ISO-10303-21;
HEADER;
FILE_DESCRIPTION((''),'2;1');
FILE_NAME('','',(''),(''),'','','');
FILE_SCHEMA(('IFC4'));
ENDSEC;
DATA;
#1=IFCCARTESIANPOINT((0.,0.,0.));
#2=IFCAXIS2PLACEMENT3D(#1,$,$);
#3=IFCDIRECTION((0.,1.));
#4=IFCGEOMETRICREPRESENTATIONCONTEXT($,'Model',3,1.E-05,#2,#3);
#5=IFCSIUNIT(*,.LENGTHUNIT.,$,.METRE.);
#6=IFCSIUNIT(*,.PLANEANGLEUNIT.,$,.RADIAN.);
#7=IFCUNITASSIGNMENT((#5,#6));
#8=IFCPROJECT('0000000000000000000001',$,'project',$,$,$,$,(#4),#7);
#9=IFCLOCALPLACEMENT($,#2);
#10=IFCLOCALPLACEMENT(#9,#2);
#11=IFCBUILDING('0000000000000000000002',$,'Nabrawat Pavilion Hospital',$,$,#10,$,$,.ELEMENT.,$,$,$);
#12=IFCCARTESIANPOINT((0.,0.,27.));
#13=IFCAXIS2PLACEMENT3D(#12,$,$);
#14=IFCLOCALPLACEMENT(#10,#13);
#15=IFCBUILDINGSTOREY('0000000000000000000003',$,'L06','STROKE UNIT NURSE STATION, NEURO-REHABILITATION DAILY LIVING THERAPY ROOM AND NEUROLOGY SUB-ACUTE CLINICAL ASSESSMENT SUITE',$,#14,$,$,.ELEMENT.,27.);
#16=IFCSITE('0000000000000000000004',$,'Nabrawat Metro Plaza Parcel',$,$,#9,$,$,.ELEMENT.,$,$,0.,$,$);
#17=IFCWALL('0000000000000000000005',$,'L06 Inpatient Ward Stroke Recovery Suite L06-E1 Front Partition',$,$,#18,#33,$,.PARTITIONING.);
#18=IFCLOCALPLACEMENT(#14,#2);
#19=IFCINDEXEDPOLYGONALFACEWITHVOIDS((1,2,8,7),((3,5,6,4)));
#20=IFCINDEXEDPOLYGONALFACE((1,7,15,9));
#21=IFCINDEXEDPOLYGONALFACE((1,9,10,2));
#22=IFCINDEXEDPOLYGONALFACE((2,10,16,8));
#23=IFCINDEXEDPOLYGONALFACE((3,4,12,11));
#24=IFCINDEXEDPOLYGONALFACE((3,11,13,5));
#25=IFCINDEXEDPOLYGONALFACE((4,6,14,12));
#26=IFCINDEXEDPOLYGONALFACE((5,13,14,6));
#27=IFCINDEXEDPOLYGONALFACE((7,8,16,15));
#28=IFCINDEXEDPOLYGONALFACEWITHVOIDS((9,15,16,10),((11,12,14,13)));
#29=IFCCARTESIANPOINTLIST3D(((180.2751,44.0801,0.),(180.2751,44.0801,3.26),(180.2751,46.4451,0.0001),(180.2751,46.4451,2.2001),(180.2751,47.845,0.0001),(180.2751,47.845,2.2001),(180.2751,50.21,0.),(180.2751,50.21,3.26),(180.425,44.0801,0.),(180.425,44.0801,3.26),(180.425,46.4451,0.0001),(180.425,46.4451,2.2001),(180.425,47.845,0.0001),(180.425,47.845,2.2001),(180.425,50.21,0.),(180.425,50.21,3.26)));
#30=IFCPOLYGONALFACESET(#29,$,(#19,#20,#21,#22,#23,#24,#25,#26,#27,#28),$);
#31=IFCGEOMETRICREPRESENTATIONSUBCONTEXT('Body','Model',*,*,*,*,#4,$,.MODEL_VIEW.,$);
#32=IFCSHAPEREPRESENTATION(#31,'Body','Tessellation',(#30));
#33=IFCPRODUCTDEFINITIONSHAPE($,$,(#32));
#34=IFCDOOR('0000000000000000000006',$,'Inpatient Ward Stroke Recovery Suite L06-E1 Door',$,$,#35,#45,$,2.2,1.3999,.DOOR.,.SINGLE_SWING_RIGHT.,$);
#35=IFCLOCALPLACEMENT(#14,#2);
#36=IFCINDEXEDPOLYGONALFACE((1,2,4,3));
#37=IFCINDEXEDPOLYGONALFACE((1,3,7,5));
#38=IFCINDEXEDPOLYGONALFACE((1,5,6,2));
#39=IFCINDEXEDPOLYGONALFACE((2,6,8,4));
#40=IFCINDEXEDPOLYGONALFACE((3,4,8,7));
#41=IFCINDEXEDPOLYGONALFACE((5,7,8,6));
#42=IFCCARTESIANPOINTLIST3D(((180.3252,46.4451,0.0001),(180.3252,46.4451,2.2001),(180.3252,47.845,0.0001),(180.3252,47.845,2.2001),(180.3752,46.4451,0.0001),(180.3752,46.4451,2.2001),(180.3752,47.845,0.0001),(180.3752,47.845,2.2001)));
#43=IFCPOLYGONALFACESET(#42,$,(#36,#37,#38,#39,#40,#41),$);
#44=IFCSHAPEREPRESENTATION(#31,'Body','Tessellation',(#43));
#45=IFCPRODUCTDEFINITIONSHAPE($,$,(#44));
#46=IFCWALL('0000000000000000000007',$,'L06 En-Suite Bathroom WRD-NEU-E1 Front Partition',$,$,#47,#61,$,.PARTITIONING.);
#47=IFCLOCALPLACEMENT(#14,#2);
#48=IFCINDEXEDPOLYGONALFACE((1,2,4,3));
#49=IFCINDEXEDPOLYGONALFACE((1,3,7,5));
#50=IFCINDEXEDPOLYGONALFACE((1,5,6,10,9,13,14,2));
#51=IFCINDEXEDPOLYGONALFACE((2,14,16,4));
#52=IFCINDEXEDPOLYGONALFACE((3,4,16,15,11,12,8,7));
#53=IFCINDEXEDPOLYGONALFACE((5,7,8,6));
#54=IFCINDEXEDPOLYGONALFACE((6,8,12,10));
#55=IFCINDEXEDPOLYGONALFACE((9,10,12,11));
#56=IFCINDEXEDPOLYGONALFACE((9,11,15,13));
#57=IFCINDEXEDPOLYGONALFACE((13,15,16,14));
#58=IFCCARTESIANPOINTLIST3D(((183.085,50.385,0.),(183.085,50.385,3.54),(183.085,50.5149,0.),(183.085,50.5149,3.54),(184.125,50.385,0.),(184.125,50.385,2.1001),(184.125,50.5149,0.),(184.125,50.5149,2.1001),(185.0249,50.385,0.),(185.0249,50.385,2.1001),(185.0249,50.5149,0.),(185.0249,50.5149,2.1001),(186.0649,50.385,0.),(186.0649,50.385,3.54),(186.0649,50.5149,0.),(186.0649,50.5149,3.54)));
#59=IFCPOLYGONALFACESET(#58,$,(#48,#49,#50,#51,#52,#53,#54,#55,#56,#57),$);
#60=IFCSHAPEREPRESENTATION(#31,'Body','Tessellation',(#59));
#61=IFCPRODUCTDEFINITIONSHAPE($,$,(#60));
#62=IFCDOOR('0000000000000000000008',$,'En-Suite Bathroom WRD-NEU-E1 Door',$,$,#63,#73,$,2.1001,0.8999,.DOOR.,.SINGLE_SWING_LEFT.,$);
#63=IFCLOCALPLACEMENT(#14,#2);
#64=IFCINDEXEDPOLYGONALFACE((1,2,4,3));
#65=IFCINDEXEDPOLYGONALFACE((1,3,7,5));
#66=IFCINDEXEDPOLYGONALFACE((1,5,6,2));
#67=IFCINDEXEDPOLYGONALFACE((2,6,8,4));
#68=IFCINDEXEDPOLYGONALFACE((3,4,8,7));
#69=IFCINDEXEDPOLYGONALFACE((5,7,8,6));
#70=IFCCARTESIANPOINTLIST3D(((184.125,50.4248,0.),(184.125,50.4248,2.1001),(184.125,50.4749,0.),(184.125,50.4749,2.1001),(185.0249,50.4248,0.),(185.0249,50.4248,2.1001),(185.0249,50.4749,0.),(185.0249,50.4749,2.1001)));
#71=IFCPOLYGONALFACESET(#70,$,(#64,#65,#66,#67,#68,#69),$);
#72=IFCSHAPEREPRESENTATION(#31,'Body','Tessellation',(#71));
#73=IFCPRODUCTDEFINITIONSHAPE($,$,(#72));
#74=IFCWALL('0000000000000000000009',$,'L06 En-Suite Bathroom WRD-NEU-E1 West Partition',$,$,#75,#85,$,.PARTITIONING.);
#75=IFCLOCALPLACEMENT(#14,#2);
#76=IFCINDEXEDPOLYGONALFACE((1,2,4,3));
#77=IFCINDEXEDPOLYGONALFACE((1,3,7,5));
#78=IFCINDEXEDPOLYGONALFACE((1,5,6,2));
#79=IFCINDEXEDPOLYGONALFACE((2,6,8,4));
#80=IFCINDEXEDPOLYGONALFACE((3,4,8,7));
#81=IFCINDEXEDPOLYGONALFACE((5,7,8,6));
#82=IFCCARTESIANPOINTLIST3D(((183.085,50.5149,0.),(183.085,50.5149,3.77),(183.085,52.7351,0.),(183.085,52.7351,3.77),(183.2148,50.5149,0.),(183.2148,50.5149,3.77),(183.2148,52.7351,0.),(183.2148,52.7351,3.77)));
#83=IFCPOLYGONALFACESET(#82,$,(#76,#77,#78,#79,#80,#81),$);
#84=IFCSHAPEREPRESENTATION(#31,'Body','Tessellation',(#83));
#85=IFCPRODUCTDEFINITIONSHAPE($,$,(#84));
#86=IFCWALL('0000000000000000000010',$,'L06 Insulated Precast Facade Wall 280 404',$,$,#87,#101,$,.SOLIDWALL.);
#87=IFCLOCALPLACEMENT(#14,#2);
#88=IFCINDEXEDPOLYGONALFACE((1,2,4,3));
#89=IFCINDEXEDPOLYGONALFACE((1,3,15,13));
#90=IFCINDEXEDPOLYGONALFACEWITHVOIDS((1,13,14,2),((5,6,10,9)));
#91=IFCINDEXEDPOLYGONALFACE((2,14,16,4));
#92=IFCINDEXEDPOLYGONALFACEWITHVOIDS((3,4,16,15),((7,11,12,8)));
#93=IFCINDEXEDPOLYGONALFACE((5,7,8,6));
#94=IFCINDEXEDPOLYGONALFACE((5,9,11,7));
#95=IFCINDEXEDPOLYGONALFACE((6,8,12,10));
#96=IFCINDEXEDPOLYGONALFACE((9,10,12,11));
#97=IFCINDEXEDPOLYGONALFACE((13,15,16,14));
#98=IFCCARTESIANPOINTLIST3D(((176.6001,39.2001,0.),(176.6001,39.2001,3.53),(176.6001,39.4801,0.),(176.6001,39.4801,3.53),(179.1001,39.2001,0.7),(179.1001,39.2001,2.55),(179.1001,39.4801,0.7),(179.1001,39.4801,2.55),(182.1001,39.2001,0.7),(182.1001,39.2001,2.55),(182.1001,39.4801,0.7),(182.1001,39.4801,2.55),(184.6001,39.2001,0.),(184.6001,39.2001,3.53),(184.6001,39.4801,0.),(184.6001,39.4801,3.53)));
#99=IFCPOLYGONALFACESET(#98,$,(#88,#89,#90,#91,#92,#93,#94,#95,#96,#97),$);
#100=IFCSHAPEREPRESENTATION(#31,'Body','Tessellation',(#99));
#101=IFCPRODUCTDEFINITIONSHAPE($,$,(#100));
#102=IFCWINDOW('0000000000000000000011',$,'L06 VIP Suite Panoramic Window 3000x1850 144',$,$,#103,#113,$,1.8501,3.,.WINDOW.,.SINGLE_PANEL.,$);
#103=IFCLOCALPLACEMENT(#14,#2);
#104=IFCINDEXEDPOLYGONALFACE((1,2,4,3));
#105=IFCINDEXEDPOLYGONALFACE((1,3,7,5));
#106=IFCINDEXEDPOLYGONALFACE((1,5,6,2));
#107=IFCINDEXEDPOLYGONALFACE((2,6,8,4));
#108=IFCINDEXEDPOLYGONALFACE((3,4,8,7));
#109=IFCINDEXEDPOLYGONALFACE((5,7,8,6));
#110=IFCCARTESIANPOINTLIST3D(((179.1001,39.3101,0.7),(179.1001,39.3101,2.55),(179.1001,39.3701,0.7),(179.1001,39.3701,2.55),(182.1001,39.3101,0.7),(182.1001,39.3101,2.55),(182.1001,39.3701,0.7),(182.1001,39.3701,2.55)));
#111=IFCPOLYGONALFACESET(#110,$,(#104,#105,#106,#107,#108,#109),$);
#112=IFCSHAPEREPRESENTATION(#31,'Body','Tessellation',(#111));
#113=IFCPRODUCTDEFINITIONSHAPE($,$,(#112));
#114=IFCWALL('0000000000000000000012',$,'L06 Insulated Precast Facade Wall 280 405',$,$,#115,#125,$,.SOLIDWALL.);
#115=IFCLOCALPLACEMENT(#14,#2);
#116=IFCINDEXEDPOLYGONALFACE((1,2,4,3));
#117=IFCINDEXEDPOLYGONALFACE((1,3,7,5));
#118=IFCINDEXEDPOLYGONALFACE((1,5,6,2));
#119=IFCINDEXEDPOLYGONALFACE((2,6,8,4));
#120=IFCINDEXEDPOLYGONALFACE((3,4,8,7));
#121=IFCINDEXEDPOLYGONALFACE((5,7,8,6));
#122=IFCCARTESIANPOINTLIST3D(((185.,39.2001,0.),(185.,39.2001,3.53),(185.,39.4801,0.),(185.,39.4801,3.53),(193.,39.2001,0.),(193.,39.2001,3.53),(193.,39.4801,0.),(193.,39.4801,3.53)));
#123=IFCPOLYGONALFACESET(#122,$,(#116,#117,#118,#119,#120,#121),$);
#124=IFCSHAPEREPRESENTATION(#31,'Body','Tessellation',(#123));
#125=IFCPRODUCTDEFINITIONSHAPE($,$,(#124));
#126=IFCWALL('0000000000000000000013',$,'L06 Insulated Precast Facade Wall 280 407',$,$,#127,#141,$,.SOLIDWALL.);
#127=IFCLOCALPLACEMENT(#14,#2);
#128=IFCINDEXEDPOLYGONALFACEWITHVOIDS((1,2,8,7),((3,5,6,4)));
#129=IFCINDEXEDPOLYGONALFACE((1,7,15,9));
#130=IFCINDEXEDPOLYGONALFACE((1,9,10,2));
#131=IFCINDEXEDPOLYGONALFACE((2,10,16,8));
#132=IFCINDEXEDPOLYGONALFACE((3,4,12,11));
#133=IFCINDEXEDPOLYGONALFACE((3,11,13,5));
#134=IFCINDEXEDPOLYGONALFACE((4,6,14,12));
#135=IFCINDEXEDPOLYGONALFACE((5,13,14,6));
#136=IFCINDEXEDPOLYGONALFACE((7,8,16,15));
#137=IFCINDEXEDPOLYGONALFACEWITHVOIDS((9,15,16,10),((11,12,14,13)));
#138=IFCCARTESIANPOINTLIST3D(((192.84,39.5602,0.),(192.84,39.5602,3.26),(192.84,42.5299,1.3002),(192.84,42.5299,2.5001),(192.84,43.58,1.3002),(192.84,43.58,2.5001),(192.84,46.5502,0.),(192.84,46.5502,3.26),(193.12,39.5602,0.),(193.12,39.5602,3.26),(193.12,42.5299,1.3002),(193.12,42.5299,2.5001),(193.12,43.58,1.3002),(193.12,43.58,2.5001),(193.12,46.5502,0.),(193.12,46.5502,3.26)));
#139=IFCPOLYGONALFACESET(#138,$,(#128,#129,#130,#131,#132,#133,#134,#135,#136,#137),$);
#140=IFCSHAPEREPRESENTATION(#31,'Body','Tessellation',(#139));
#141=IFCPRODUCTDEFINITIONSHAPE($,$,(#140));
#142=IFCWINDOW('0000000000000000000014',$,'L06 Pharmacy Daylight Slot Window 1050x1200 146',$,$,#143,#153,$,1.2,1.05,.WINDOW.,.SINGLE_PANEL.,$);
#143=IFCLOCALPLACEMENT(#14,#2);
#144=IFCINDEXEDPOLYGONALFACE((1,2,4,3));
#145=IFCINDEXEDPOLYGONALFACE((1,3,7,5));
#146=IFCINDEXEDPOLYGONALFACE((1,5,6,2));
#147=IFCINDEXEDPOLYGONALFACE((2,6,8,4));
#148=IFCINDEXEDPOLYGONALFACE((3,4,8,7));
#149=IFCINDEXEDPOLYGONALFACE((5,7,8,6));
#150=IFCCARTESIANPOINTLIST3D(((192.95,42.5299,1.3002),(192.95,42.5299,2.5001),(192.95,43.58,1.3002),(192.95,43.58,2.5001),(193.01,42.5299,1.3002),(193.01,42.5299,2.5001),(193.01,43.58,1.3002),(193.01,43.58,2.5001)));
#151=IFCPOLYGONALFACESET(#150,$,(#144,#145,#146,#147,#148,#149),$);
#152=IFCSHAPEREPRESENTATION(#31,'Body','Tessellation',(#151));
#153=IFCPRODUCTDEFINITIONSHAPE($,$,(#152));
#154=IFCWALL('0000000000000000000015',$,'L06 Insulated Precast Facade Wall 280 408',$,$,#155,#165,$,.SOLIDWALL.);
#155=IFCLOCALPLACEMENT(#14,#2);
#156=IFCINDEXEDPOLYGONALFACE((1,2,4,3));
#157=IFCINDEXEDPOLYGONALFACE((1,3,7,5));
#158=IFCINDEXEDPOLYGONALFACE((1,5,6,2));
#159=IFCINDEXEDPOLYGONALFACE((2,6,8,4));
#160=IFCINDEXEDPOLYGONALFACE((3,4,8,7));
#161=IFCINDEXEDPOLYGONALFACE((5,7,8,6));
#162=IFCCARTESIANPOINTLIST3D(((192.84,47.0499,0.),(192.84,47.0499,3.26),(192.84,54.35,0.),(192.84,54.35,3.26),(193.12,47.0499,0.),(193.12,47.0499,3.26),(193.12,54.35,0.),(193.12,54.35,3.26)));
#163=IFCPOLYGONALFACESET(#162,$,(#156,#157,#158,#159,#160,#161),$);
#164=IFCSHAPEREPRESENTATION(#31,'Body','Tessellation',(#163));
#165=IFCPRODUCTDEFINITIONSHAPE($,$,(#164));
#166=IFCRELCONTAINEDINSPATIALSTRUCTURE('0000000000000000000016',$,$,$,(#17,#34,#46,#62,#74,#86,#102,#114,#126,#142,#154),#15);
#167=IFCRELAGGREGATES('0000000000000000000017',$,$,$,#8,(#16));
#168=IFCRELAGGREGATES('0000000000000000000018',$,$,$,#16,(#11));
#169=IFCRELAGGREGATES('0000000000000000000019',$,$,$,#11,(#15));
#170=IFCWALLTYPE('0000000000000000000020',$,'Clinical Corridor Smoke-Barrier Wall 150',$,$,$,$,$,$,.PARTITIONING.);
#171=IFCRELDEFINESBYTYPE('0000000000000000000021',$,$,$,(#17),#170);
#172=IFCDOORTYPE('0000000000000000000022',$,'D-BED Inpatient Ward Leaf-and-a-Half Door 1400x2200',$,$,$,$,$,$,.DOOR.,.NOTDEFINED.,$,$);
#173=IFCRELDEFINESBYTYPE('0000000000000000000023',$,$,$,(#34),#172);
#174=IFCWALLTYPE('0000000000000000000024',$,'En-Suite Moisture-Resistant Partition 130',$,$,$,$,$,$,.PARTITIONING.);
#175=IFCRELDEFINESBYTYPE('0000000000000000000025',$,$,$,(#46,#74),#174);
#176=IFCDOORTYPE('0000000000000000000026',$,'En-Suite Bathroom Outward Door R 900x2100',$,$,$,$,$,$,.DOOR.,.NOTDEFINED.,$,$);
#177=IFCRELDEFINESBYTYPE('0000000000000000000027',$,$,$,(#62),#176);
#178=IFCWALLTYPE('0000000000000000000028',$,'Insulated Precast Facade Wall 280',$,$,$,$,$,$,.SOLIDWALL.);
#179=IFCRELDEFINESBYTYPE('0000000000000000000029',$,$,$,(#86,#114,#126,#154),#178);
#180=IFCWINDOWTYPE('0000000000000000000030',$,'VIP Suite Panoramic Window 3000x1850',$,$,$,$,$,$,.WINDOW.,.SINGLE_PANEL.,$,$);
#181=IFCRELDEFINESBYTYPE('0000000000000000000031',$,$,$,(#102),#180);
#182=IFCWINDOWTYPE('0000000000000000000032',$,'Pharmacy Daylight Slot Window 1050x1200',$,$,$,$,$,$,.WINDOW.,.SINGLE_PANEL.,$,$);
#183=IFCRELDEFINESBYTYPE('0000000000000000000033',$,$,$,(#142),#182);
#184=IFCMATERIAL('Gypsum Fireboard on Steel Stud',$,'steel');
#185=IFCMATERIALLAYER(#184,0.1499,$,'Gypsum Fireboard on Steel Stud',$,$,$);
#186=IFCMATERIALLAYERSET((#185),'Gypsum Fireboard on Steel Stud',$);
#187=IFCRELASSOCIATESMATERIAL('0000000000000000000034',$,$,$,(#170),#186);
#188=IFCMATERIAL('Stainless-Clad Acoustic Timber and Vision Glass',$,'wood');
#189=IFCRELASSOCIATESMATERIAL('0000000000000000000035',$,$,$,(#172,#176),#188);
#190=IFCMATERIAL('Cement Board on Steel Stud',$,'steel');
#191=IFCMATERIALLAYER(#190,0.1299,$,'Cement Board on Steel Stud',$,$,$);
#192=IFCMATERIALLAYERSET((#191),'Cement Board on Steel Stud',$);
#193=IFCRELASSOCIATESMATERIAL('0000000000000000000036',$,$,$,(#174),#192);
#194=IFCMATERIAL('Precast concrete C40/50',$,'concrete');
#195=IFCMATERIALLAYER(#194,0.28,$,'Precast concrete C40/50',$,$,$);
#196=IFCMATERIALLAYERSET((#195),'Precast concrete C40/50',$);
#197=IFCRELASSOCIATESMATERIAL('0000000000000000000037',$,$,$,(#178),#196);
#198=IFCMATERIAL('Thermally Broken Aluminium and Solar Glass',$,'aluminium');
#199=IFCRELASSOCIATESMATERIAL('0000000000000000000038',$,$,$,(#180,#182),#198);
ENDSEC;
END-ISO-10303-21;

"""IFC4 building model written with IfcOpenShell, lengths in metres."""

from ifc_helpers import new_model, si_unit, direction, frame, frame_2d, origin, place, context, subcontext, project, spatial, rectangle, extrude, material, layer, layer_set, type_object, element, fill, save


model = new_model("IFC4")

# Units and contexts
model_context = context("Model", 3, precision=1e-05, world=origin(), true_north=direction((0.0, 1.0)))
body_context = subcontext(model_context, "Body", "Model", "MODEL_VIEW")
ifc_project = project(units=[si_unit("LENGTHUNIT", "METRE"), si_unit("PLANEANGLEUNIT", "RADIAN")], contexts=[model_context])

# Site, building, storey
site_placement = place(None, origin())
site = spatial("IfcSite", under=ifc_project, at=site_placement, Name="Nabrawat Metro Plaza Parcel", CompositionType="ELEMENT", RefElevation=0.0)
building_placement = place(site_placement, origin())
building = spatial("IfcBuilding", under=site, at=building_placement, Name="Nabrawat Pavilion Hospital", CompositionType="ELEMENT")
storey_placement = place(building_placement, frame((0.0, 0.0, 27.0)))
storey = spatial("IfcBuildingStorey", under=building, at=storey_placement, Name="L06", Description="STROKE UNIT NURSE STATION, NEURO-REHABILITATION DAILY LIVING THERAPY ROOM AND NEUROLOGY SUB-ACUTE CLINICAL ASSESSMENT SUITE", CompositionType="ELEMENT", Elevation=27.0)

# Walls, openings, doors
ifc_material_1 = material(Name="Gypsum Fireboard on Steel Stud", Category="steel")
ifc_layer_1 = layer(ifc_material_1, 0.1499, Name="Gypsum Fireboard on Steel Stud")
ifc_layer_set_1 = layer_set([ifc_layer_1], Name="Gypsum Fireboard on Steel Stud")
wall_type_1 = type_object("IfcWallType", Name="Clinical Corridor Smoke-Barrier Wall 150", PredefinedType="PARTITIONING", material=ifc_layer_set_1)
wall_1_placement = place(storey_placement, frame((180.3501, 44.0801, 0.0), z_axis=(0.0, 0.0, 1.0), x_axis=(0.0, 1.0, 0.0)))
wall_1 = element("IfcWall", 1, at=wall_1_placement, inside=storey, type_object=wall_type_1, Name="L06 Inpatient Ward Stroke Recovery Suite L06-E1 Front Partition", PredefinedType="PARTITIONING", context=body_context, shape_type="SweptSolid", body=[
    extrude(rectangle(XDim=6.1299, YDim=0.1499, at=frame_2d((3.0649, 0.0))), origin(), (0.0, 0.0, 1.0), 3.26),
])
opening_1_placement = place(wall_1_placement, frame((2.365, 0.0, 0.0)))
opening_1 = element("IfcOpeningElement", 2, at=opening_1_placement, cuts=wall_1, PredefinedType="OPENING", context=body_context, shape_type="SweptSolid", body=[
    extrude(rectangle(XDim=1.3999, YDim=2.2, at=frame_2d((0.7, 1.1001))), frame((0.0, 0.085, 0.0), z_axis=(0.0, -1.0, 0.0), x_axis=(1.0, 0.0, 0.0)), (0.0, 0.0, 1.0), 0.1699),
])
ifc_material_2 = material(Name="Stainless-Clad Acoustic Timber and Vision Glass", Category="wood")
door_type_1 = type_object("IfcDoorType", Name="D-BED Inpatient Ward Leaf-and-a-Half Door 1400x2200", OperationType="NOTDEFINED", PredefinedType="DOOR", material=ifc_material_2)
door_1_placement = place(opening_1_placement, origin())
door_1 = element("IfcDoor", 3, at=door_1_placement, inside=storey, type_object=door_type_1, Name="Inpatient Ward Stroke Recovery Suite L06-E1 Door", OperationType="SINGLE_SWING_RIGHT", OverallHeight=2.2, OverallWidth=1.3999, PredefinedType="DOOR", context=body_context, shape_type="SweptSolid", body=[
    extrude(rectangle(XDim=1.3999, YDim=2.2, at=frame_2d((0.7, 1.1001))), frame((0.0, 0.0249, 0.0), z_axis=(0.0, -1.0, 0.0), x_axis=(1.0, 0.0, 0.0)), (0.0, 0.0, 1.0), 0.05),
])
fill(opening_1, door_1)
ifc_material_3 = material(Name="Cement Board on Steel Stud", Category="steel")
ifc_layer_2 = layer(ifc_material_3, 0.1299, Name="Cement Board on Steel Stud")
ifc_layer_set_2 = layer_set([ifc_layer_2], Name="Cement Board on Steel Stud")
wall_type_2 = type_object("IfcWallType", Name="En-Suite Moisture-Resistant Partition 130", PredefinedType="PARTITIONING", material=ifc_layer_set_2)
wall_2_placement = place(storey_placement, frame((183.085, 50.45, 0.0), z_axis=(0.0, 0.0, 1.0), x_axis=(1.0, 0.0, 0.0)))
wall_2 = element("IfcWall", 4, at=wall_2_placement, inside=storey, type_object=wall_type_2, Name="L06 En-Suite Bathroom WRD-NEU-E1 Front Partition", PredefinedType="PARTITIONING", context=body_context, shape_type="SweptSolid", body=[
    extrude(rectangle(XDim=2.98, YDim=0.1299, at=frame_2d((1.49, 0.0))), origin(), (0.0, 0.0, 1.0), 3.54),
])
opening_2_placement = place(wall_2_placement, frame((1.04, 0.0, 0.0)))
opening_2 = element("IfcOpeningElement", 5, at=opening_2_placement, cuts=wall_2, PredefinedType="OPENING", context=body_context, shape_type="SweptSolid", body=[
    extrude(rectangle(XDim=0.8999, YDim=2.1001, at=frame_2d((0.45, 1.05))), frame((0.0, 0.075, 0.0), z_axis=(0.0, -1.0, 0.0), x_axis=(1.0, 0.0, 0.0)), (0.0, 0.0, 1.0), 0.1499),
])
door_type_2 = type_object("IfcDoorType", Name="En-Suite Bathroom Outward Door R 900x2100", OperationType="NOTDEFINED", PredefinedType="DOOR", material=ifc_material_2)
door_2_placement = place(opening_2_placement, origin())
door_2 = element("IfcDoor", 6, at=door_2_placement, inside=storey, type_object=door_type_2, Name="En-Suite Bathroom WRD-NEU-E1 Door", OperationType="SINGLE_SWING_LEFT", OverallHeight=2.1001, OverallWidth=0.8999, PredefinedType="DOOR", context=body_context, shape_type="SweptSolid", body=[
    extrude(rectangle(XDim=0.8999, YDim=2.1001, at=frame_2d((0.45, 1.05))), frame((0.0, 0.0249, 0.0), z_axis=(0.0, -1.0, 0.0), x_axis=(1.0, 0.0, 0.0)), (0.0, 0.0, 1.0), 0.05),
])
fill(opening_2, door_2)

# Wall
wall_3_placement = place(storey_placement, frame((183.1499, 50.5149, 0.0), z_axis=(0.0, 0.0, 1.0), x_axis=(0.0, 1.0, 0.0)))
element("IfcWall", 7, at=wall_3_placement, inside=storey, type_object=wall_type_2, Name="L06 En-Suite Bathroom WRD-NEU-E1 West Partition", PredefinedType="PARTITIONING", context=body_context, shape_type="SweptSolid", body=[
    extrude(rectangle(XDim=2.2202, YDim=0.1299, at=frame_2d((1.1101, 0.0))), origin(), (0.0, 0.0, 1.0), 3.77),
])

# Wall, opening, window
ifc_material_4 = material(Name="Precast concrete C40/50", Category="concrete")
ifc_layer_3 = layer(ifc_material_4, 0.28, Name="Precast concrete C40/50")
ifc_layer_set_3 = layer_set([ifc_layer_3], Name="Precast concrete C40/50")
wall_type_3 = type_object("IfcWallType", Name="Insulated Precast Facade Wall 280", PredefinedType="SOLIDWALL", material=ifc_layer_set_3)
wall_4_placement = place(storey_placement, frame((176.6001, 39.3401, 0.0), z_axis=(0.0, 0.0, 1.0), x_axis=(1.0, 0.0, 0.0)))
wall_4 = element("IfcWall", 8, at=wall_4_placement, inside=storey, type_object=wall_type_3, Name="L06 Insulated Precast Facade Wall 280 404", PredefinedType="SOLIDWALL", context=body_context, shape_type="SweptSolid", body=[
    extrude(rectangle(XDim=8.0, YDim=0.28, at=frame_2d((4.0, 0.0))), origin(), (0.0, 0.0, 1.0), 3.53),
])
opening_3_placement = place(wall_4_placement, frame((2.5, 0.0, 0.7)))
opening_3 = element("IfcOpeningElement", 9, at=opening_3_placement, cuts=wall_4, PredefinedType="OPENING", context=body_context, shape_type="SweptSolid", body=[
    extrude(rectangle(XDim=3.0, YDim=1.8501, at=frame_2d((1.5, 0.925))), frame((0.0, 0.1499, 0.0), z_axis=(0.0, -1.0, 0.0), x_axis=(1.0, 0.0, 0.0)), (0.0, 0.0, 1.0), 0.3),
])
ifc_material_5 = material(Name="Thermally Broken Aluminium and Solar Glass", Category="aluminium")
window_type_1 = type_object("IfcWindowType", Name="VIP Suite Panoramic Window 3000x1850", PartitioningType="SINGLE_PANEL", PredefinedType="WINDOW", material=ifc_material_5)
window_1_placement = place(opening_3_placement, origin())
window_1 = element("IfcWindow", 10, at=window_1_placement, inside=storey, type_object=window_type_1, Name="L06 VIP Suite Panoramic Window 3000x1850 144", OverallHeight=1.8501, OverallWidth=3.0, PartitioningType="SINGLE_PANEL", PredefinedType="WINDOW", context=body_context, shape_type="SweptSolid", body=[
    extrude(rectangle(XDim=3.0, YDim=1.8501, at=frame_2d((1.5, 0.925))), frame((0.0, 0.03, 0.0), z_axis=(0.0, -1.0, 0.0), x_axis=(1.0, 0.0, 0.0)), (0.0, 0.0, 1.0), 0.0601),
])
fill(opening_3, window_1)

# Wall
wall_5_placement = place(storey_placement, frame((185.0, 39.3401, 0.0), z_axis=(0.0, 0.0, 1.0), x_axis=(1.0, 0.0, 0.0)))
element("IfcWall", 11, at=wall_5_placement, inside=storey, type_object=wall_type_3, Name="L06 Insulated Precast Facade Wall 280 405", PredefinedType="SOLIDWALL", context=body_context, shape_type="SweptSolid", body=[
    extrude(rectangle(XDim=8.0, YDim=0.28, at=frame_2d((4.0, 0.0))), origin(), (0.0, 0.0, 1.0), 3.53),
])

# Wall, opening, window
wall_6_placement = place(storey_placement, frame((192.98, 39.5601, 0.0), z_axis=(0.0, 0.0, 1.0), x_axis=(0.0, 1.0, 0.0)))
wall_6 = element("IfcWall", 12, at=wall_6_placement, inside=storey, type_object=wall_type_3, Name="L06 Insulated Precast Facade Wall 280 407", PredefinedType="SOLIDWALL", context=body_context, shape_type="SweptSolid", body=[
    extrude(rectangle(XDim=6.99, YDim=0.28, at=frame_2d((3.4951, 0.0))), origin(), (0.0, 0.0, 1.0), 3.26),
])
opening_4_placement = place(wall_6_placement, frame((2.97, 0.0, 1.3)))
opening_4 = element("IfcOpeningElement", 13, at=opening_4_placement, cuts=wall_6, PredefinedType="OPENING", context=body_context, shape_type="SweptSolid", body=[
    extrude(rectangle(XDim=1.05, YDim=1.2, at=frame_2d((0.5249, 0.6001))), frame((0.0, 0.1499, 0.0), z_axis=(0.0, -1.0, 0.0), x_axis=(1.0, 0.0, 0.0)), (0.0, 0.0, 1.0), 0.3),
])
window_type_2 = type_object("IfcWindowType", Name="Pharmacy Daylight Slot Window 1050x1200", PartitioningType="SINGLE_PANEL", PredefinedType="WINDOW", material=ifc_material_5)
window_2_placement = place(opening_4_placement, origin())
window_2 = element("IfcWindow", 14, at=window_2_placement, inside=storey, type_object=window_type_2, Name="L06 Pharmacy Daylight Slot Window 1050x1200 146", OverallHeight=1.2, OverallWidth=1.05, PartitioningType="SINGLE_PANEL", PredefinedType="WINDOW", context=body_context, shape_type="SweptSolid", body=[
    extrude(rectangle(XDim=1.05, YDim=1.2, at=frame_2d((0.5249, 0.6001))), frame((0.0, 0.03, 0.0), z_axis=(0.0, -1.0, 0.0), x_axis=(1.0, 0.0, 0.0)), (0.0, 0.0, 1.0), 0.0601),
])
fill(opening_4, window_2)

# Wall
wall_7_placement = place(storey_placement, frame((192.98, 47.05, 0.0), z_axis=(0.0, 0.0, 1.0), x_axis=(0.0, 1.0, 0.0)))
element("IfcWall", 15, at=wall_7_placement, inside=storey, type_object=wall_type_3, Name="L06 Insulated Precast Facade Wall 280 408", PredefinedType="SOLIDWALL", context=body_context, shape_type="SweptSolid", body=[
    extrude(rectangle(XDim=7.3, YDim=0.28, at=frame_2d((3.6499, 0.0))), origin(), (0.0, 0.0, 1.0), 3.26),
])

save(model, "model.ifc")
